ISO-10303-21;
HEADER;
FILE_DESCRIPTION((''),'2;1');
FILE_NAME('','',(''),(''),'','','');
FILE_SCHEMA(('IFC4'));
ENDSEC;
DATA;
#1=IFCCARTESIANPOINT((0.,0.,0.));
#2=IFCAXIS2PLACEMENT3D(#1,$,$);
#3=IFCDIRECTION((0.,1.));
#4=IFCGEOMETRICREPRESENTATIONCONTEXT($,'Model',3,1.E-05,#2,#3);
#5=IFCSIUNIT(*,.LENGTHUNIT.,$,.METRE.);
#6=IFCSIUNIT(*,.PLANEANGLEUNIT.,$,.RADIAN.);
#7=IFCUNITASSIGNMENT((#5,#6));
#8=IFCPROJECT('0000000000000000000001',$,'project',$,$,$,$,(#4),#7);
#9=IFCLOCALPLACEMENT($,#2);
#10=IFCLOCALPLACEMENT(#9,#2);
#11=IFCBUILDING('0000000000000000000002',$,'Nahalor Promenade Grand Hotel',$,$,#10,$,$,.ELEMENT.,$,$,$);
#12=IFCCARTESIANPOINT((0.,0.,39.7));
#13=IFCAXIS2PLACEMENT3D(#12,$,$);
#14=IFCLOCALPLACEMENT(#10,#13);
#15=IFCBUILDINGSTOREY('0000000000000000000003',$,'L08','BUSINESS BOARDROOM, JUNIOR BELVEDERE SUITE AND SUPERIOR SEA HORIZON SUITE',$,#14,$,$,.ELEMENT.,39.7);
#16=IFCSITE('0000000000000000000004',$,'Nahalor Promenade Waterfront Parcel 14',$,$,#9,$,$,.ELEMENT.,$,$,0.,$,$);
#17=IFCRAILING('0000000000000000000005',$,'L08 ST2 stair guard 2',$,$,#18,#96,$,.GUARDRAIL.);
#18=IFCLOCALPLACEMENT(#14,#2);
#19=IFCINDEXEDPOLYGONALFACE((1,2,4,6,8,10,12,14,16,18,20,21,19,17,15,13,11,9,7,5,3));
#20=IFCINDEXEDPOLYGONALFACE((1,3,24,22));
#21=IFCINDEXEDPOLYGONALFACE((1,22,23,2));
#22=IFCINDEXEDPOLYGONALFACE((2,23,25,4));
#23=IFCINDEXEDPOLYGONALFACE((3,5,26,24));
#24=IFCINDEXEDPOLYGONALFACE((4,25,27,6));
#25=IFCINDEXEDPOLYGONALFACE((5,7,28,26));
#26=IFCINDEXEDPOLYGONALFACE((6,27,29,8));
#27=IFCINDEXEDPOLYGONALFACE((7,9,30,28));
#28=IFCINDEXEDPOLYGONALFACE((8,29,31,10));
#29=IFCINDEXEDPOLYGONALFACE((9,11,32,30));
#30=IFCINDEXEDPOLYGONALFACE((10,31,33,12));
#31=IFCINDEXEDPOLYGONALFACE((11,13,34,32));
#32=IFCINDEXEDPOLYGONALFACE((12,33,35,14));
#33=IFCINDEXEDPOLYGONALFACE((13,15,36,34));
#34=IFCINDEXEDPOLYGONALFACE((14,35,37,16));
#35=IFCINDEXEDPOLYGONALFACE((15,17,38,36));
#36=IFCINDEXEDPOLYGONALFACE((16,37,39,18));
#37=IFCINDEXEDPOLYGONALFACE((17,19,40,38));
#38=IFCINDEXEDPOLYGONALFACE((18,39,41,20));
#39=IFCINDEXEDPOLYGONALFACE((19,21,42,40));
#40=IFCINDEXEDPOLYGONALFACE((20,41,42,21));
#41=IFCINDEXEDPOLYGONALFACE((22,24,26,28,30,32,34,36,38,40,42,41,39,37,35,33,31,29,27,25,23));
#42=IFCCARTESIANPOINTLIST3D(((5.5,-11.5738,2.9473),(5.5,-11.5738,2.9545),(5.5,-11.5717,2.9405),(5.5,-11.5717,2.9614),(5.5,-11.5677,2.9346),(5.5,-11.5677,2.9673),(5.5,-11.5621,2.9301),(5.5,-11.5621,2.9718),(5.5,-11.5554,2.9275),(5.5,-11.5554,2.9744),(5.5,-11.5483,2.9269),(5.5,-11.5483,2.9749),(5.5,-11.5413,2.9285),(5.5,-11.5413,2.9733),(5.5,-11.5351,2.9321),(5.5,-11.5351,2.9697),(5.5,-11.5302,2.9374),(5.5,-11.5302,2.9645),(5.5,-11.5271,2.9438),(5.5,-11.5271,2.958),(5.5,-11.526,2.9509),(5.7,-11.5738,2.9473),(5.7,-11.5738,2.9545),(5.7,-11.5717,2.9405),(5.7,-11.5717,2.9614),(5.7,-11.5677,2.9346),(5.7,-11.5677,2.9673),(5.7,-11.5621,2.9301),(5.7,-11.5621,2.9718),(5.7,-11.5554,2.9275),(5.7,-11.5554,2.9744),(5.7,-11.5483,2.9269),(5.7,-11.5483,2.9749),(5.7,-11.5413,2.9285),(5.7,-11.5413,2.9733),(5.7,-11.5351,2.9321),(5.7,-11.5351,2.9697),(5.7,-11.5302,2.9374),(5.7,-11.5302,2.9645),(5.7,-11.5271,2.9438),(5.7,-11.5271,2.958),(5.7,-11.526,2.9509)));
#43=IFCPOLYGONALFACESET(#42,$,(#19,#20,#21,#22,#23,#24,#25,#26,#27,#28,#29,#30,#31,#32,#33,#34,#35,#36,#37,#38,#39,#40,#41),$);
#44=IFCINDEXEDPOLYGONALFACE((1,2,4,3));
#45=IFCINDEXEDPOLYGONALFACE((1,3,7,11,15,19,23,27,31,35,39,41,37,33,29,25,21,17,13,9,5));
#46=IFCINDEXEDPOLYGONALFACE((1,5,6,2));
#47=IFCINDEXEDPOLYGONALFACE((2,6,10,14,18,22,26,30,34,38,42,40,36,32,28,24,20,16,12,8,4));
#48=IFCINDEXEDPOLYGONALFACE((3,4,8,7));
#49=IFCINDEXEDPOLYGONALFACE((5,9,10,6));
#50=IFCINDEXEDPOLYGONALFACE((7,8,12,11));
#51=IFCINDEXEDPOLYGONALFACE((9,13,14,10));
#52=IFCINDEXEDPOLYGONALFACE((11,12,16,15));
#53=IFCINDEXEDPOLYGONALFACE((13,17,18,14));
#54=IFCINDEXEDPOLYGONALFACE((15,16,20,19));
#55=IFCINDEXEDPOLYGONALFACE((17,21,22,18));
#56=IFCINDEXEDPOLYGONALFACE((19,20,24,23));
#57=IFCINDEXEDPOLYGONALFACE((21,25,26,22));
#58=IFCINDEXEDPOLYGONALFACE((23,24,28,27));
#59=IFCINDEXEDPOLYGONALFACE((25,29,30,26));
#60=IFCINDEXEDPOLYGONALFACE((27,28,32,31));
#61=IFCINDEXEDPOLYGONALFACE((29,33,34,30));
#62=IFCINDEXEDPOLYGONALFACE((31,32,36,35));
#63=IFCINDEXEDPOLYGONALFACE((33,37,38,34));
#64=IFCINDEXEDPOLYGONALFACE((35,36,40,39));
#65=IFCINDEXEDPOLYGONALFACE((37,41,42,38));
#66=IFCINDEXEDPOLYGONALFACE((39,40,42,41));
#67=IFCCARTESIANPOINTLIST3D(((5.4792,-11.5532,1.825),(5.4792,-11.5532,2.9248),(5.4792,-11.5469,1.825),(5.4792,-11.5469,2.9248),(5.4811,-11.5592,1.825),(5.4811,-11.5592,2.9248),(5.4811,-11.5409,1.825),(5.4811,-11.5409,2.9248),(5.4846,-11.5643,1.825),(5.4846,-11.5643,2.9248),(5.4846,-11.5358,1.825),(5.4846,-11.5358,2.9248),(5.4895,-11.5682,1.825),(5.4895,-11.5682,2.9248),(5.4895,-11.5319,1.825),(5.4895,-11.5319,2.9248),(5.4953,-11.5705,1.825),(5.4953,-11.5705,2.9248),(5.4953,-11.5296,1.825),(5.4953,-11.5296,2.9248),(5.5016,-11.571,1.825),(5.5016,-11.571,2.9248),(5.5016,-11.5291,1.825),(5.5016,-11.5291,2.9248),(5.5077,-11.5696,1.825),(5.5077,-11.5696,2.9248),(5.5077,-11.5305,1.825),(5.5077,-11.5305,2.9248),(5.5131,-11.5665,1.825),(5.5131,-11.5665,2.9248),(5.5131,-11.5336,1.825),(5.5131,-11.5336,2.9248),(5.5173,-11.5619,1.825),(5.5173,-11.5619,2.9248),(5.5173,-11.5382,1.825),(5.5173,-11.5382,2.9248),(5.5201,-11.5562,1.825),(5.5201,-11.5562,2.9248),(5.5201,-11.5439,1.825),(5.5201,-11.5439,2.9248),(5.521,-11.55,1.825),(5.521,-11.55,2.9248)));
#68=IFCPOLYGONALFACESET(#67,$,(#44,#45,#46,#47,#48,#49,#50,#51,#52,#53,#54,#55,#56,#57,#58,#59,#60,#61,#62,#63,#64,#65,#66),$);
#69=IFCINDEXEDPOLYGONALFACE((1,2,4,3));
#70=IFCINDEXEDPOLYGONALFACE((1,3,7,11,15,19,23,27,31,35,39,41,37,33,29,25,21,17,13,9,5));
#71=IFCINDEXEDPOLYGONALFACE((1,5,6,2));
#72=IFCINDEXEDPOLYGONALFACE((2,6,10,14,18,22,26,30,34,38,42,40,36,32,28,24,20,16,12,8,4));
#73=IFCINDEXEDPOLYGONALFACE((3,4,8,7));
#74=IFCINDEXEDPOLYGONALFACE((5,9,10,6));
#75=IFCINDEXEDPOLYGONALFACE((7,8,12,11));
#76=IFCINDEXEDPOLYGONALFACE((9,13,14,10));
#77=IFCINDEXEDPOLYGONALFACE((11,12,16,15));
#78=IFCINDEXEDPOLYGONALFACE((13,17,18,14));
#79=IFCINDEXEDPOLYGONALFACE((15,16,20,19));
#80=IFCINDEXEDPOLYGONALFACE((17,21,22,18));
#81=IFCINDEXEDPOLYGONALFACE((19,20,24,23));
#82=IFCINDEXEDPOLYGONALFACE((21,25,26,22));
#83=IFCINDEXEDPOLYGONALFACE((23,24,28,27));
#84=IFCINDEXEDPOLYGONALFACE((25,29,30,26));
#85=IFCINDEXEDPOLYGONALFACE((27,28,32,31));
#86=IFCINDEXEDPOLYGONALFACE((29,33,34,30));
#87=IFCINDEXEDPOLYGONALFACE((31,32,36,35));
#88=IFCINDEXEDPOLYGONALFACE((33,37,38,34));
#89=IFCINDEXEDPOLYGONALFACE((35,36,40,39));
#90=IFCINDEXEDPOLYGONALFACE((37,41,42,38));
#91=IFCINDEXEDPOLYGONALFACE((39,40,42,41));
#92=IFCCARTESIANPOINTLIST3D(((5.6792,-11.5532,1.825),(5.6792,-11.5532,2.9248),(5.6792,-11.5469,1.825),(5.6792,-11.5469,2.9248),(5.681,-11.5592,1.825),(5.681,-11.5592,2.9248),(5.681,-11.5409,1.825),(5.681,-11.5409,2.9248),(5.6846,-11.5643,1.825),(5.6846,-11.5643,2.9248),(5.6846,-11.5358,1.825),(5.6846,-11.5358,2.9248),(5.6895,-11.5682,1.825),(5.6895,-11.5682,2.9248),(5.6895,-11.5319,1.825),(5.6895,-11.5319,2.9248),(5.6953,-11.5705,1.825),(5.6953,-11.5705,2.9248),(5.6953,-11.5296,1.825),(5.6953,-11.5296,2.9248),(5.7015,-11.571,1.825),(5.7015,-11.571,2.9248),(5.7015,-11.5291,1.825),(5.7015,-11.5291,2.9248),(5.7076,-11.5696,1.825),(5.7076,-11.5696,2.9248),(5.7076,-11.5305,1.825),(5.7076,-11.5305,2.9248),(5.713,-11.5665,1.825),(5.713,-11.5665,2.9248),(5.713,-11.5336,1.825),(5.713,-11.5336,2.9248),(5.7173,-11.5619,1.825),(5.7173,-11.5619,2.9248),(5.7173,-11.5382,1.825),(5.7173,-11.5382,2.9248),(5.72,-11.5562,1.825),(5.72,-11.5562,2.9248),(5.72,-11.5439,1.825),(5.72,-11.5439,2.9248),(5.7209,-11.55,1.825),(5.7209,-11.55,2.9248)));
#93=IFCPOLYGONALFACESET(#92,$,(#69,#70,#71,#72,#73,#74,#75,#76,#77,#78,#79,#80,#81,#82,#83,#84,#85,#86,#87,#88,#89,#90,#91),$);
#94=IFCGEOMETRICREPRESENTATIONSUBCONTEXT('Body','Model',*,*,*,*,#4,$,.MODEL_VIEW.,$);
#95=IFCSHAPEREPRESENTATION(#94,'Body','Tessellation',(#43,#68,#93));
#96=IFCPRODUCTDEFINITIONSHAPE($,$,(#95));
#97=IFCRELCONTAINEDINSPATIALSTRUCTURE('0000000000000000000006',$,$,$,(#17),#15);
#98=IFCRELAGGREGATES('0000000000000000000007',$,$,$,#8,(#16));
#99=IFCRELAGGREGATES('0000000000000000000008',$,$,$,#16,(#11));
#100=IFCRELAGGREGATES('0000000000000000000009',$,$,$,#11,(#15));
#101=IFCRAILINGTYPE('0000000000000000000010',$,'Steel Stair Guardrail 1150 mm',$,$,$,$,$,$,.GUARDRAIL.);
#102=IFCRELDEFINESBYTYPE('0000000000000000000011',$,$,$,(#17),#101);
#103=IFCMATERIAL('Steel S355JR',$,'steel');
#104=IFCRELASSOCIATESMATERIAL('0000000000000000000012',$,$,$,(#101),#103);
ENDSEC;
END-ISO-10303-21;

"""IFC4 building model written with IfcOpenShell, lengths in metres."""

from ifc_helpers import new_model, si_unit, direction, frame, origin, origin_2d, place, context, subcontext, project, spatial, circle, extrude, material, type_object, element, save


model = new_model("IFC4")

# Units and contexts
model_context = context("Model", 3, precision=1e-05, world=origin(), true_north=direction((0.0, 1.0)))
body_context = subcontext(model_context, "Body", "Model", "MODEL_VIEW")
ifc_project = project(units=[si_unit("LENGTHUNIT", "METRE"), si_unit("PLANEANGLEUNIT", "RADIAN")], contexts=[model_context])

# Site, building, storey
site_placement = place(None, origin())
site = spatial("IfcSite", under=ifc_project, at=site_placement, Name="Nahalor Promenade Waterfront Parcel 14", CompositionType="ELEMENT", RefElevation=0.0)
building_placement = place(site_placement, origin())
building = spatial("IfcBuilding", under=site, at=building_placement, Name="Nahalor Promenade Grand Hotel", CompositionType="ELEMENT")
storey_placement = place(building_placement, frame((0.0, 0.0, 39.7)))
storey = spatial("IfcBuildingStorey", under=building, at=storey_placement, Name="L08", Description="BUSINESS BOARDROOM, JUNIOR BELVEDERE SUITE AND SUPERIOR SEA HORIZON SUITE", CompositionType="ELEMENT", Elevation=39.7)

# Shared definitions
ifc_material_1 = material(Name="Steel S355JR", Category="steel")

# Railing
railing_type_1 = type_object("IfcRailingType", Name="Steel Stair Guardrail 1150 mm", PredefinedType="GUARDRAIL", material=ifc_material_1)
railing_1_placement = place(storey_placement, frame((5.5, -11.55, 1.825)))
element("IfcRailing", 1, at=railing_1_placement, inside=storey, type_object=railing_type_1, Name="L08 ST2 stair guard 2", PredefinedType="GUARDRAIL", context=body_context, shape_type="SweptSolid", body=[
    extrude(circle(Radius=0.024, at=origin_2d()), frame((0.0, 0.0, 1.126), z_axis=(1.0, 0.0, 0.0), x_axis=(0.0, 1.0, 0.0)), (0.0, 0.0, 1.0), 0.2),
    extrude(circle(Radius=0.021, at=origin_2d()), origin(), (0.0, 0.0, 1.0), 1.0999),
    extrude(circle(Radius=0.021, at=origin_2d()), frame((0.2, 0.0, 0.0)), (0.0, 0.0, 1.0), 1.0999),
])

save(model, "model.ifc")
